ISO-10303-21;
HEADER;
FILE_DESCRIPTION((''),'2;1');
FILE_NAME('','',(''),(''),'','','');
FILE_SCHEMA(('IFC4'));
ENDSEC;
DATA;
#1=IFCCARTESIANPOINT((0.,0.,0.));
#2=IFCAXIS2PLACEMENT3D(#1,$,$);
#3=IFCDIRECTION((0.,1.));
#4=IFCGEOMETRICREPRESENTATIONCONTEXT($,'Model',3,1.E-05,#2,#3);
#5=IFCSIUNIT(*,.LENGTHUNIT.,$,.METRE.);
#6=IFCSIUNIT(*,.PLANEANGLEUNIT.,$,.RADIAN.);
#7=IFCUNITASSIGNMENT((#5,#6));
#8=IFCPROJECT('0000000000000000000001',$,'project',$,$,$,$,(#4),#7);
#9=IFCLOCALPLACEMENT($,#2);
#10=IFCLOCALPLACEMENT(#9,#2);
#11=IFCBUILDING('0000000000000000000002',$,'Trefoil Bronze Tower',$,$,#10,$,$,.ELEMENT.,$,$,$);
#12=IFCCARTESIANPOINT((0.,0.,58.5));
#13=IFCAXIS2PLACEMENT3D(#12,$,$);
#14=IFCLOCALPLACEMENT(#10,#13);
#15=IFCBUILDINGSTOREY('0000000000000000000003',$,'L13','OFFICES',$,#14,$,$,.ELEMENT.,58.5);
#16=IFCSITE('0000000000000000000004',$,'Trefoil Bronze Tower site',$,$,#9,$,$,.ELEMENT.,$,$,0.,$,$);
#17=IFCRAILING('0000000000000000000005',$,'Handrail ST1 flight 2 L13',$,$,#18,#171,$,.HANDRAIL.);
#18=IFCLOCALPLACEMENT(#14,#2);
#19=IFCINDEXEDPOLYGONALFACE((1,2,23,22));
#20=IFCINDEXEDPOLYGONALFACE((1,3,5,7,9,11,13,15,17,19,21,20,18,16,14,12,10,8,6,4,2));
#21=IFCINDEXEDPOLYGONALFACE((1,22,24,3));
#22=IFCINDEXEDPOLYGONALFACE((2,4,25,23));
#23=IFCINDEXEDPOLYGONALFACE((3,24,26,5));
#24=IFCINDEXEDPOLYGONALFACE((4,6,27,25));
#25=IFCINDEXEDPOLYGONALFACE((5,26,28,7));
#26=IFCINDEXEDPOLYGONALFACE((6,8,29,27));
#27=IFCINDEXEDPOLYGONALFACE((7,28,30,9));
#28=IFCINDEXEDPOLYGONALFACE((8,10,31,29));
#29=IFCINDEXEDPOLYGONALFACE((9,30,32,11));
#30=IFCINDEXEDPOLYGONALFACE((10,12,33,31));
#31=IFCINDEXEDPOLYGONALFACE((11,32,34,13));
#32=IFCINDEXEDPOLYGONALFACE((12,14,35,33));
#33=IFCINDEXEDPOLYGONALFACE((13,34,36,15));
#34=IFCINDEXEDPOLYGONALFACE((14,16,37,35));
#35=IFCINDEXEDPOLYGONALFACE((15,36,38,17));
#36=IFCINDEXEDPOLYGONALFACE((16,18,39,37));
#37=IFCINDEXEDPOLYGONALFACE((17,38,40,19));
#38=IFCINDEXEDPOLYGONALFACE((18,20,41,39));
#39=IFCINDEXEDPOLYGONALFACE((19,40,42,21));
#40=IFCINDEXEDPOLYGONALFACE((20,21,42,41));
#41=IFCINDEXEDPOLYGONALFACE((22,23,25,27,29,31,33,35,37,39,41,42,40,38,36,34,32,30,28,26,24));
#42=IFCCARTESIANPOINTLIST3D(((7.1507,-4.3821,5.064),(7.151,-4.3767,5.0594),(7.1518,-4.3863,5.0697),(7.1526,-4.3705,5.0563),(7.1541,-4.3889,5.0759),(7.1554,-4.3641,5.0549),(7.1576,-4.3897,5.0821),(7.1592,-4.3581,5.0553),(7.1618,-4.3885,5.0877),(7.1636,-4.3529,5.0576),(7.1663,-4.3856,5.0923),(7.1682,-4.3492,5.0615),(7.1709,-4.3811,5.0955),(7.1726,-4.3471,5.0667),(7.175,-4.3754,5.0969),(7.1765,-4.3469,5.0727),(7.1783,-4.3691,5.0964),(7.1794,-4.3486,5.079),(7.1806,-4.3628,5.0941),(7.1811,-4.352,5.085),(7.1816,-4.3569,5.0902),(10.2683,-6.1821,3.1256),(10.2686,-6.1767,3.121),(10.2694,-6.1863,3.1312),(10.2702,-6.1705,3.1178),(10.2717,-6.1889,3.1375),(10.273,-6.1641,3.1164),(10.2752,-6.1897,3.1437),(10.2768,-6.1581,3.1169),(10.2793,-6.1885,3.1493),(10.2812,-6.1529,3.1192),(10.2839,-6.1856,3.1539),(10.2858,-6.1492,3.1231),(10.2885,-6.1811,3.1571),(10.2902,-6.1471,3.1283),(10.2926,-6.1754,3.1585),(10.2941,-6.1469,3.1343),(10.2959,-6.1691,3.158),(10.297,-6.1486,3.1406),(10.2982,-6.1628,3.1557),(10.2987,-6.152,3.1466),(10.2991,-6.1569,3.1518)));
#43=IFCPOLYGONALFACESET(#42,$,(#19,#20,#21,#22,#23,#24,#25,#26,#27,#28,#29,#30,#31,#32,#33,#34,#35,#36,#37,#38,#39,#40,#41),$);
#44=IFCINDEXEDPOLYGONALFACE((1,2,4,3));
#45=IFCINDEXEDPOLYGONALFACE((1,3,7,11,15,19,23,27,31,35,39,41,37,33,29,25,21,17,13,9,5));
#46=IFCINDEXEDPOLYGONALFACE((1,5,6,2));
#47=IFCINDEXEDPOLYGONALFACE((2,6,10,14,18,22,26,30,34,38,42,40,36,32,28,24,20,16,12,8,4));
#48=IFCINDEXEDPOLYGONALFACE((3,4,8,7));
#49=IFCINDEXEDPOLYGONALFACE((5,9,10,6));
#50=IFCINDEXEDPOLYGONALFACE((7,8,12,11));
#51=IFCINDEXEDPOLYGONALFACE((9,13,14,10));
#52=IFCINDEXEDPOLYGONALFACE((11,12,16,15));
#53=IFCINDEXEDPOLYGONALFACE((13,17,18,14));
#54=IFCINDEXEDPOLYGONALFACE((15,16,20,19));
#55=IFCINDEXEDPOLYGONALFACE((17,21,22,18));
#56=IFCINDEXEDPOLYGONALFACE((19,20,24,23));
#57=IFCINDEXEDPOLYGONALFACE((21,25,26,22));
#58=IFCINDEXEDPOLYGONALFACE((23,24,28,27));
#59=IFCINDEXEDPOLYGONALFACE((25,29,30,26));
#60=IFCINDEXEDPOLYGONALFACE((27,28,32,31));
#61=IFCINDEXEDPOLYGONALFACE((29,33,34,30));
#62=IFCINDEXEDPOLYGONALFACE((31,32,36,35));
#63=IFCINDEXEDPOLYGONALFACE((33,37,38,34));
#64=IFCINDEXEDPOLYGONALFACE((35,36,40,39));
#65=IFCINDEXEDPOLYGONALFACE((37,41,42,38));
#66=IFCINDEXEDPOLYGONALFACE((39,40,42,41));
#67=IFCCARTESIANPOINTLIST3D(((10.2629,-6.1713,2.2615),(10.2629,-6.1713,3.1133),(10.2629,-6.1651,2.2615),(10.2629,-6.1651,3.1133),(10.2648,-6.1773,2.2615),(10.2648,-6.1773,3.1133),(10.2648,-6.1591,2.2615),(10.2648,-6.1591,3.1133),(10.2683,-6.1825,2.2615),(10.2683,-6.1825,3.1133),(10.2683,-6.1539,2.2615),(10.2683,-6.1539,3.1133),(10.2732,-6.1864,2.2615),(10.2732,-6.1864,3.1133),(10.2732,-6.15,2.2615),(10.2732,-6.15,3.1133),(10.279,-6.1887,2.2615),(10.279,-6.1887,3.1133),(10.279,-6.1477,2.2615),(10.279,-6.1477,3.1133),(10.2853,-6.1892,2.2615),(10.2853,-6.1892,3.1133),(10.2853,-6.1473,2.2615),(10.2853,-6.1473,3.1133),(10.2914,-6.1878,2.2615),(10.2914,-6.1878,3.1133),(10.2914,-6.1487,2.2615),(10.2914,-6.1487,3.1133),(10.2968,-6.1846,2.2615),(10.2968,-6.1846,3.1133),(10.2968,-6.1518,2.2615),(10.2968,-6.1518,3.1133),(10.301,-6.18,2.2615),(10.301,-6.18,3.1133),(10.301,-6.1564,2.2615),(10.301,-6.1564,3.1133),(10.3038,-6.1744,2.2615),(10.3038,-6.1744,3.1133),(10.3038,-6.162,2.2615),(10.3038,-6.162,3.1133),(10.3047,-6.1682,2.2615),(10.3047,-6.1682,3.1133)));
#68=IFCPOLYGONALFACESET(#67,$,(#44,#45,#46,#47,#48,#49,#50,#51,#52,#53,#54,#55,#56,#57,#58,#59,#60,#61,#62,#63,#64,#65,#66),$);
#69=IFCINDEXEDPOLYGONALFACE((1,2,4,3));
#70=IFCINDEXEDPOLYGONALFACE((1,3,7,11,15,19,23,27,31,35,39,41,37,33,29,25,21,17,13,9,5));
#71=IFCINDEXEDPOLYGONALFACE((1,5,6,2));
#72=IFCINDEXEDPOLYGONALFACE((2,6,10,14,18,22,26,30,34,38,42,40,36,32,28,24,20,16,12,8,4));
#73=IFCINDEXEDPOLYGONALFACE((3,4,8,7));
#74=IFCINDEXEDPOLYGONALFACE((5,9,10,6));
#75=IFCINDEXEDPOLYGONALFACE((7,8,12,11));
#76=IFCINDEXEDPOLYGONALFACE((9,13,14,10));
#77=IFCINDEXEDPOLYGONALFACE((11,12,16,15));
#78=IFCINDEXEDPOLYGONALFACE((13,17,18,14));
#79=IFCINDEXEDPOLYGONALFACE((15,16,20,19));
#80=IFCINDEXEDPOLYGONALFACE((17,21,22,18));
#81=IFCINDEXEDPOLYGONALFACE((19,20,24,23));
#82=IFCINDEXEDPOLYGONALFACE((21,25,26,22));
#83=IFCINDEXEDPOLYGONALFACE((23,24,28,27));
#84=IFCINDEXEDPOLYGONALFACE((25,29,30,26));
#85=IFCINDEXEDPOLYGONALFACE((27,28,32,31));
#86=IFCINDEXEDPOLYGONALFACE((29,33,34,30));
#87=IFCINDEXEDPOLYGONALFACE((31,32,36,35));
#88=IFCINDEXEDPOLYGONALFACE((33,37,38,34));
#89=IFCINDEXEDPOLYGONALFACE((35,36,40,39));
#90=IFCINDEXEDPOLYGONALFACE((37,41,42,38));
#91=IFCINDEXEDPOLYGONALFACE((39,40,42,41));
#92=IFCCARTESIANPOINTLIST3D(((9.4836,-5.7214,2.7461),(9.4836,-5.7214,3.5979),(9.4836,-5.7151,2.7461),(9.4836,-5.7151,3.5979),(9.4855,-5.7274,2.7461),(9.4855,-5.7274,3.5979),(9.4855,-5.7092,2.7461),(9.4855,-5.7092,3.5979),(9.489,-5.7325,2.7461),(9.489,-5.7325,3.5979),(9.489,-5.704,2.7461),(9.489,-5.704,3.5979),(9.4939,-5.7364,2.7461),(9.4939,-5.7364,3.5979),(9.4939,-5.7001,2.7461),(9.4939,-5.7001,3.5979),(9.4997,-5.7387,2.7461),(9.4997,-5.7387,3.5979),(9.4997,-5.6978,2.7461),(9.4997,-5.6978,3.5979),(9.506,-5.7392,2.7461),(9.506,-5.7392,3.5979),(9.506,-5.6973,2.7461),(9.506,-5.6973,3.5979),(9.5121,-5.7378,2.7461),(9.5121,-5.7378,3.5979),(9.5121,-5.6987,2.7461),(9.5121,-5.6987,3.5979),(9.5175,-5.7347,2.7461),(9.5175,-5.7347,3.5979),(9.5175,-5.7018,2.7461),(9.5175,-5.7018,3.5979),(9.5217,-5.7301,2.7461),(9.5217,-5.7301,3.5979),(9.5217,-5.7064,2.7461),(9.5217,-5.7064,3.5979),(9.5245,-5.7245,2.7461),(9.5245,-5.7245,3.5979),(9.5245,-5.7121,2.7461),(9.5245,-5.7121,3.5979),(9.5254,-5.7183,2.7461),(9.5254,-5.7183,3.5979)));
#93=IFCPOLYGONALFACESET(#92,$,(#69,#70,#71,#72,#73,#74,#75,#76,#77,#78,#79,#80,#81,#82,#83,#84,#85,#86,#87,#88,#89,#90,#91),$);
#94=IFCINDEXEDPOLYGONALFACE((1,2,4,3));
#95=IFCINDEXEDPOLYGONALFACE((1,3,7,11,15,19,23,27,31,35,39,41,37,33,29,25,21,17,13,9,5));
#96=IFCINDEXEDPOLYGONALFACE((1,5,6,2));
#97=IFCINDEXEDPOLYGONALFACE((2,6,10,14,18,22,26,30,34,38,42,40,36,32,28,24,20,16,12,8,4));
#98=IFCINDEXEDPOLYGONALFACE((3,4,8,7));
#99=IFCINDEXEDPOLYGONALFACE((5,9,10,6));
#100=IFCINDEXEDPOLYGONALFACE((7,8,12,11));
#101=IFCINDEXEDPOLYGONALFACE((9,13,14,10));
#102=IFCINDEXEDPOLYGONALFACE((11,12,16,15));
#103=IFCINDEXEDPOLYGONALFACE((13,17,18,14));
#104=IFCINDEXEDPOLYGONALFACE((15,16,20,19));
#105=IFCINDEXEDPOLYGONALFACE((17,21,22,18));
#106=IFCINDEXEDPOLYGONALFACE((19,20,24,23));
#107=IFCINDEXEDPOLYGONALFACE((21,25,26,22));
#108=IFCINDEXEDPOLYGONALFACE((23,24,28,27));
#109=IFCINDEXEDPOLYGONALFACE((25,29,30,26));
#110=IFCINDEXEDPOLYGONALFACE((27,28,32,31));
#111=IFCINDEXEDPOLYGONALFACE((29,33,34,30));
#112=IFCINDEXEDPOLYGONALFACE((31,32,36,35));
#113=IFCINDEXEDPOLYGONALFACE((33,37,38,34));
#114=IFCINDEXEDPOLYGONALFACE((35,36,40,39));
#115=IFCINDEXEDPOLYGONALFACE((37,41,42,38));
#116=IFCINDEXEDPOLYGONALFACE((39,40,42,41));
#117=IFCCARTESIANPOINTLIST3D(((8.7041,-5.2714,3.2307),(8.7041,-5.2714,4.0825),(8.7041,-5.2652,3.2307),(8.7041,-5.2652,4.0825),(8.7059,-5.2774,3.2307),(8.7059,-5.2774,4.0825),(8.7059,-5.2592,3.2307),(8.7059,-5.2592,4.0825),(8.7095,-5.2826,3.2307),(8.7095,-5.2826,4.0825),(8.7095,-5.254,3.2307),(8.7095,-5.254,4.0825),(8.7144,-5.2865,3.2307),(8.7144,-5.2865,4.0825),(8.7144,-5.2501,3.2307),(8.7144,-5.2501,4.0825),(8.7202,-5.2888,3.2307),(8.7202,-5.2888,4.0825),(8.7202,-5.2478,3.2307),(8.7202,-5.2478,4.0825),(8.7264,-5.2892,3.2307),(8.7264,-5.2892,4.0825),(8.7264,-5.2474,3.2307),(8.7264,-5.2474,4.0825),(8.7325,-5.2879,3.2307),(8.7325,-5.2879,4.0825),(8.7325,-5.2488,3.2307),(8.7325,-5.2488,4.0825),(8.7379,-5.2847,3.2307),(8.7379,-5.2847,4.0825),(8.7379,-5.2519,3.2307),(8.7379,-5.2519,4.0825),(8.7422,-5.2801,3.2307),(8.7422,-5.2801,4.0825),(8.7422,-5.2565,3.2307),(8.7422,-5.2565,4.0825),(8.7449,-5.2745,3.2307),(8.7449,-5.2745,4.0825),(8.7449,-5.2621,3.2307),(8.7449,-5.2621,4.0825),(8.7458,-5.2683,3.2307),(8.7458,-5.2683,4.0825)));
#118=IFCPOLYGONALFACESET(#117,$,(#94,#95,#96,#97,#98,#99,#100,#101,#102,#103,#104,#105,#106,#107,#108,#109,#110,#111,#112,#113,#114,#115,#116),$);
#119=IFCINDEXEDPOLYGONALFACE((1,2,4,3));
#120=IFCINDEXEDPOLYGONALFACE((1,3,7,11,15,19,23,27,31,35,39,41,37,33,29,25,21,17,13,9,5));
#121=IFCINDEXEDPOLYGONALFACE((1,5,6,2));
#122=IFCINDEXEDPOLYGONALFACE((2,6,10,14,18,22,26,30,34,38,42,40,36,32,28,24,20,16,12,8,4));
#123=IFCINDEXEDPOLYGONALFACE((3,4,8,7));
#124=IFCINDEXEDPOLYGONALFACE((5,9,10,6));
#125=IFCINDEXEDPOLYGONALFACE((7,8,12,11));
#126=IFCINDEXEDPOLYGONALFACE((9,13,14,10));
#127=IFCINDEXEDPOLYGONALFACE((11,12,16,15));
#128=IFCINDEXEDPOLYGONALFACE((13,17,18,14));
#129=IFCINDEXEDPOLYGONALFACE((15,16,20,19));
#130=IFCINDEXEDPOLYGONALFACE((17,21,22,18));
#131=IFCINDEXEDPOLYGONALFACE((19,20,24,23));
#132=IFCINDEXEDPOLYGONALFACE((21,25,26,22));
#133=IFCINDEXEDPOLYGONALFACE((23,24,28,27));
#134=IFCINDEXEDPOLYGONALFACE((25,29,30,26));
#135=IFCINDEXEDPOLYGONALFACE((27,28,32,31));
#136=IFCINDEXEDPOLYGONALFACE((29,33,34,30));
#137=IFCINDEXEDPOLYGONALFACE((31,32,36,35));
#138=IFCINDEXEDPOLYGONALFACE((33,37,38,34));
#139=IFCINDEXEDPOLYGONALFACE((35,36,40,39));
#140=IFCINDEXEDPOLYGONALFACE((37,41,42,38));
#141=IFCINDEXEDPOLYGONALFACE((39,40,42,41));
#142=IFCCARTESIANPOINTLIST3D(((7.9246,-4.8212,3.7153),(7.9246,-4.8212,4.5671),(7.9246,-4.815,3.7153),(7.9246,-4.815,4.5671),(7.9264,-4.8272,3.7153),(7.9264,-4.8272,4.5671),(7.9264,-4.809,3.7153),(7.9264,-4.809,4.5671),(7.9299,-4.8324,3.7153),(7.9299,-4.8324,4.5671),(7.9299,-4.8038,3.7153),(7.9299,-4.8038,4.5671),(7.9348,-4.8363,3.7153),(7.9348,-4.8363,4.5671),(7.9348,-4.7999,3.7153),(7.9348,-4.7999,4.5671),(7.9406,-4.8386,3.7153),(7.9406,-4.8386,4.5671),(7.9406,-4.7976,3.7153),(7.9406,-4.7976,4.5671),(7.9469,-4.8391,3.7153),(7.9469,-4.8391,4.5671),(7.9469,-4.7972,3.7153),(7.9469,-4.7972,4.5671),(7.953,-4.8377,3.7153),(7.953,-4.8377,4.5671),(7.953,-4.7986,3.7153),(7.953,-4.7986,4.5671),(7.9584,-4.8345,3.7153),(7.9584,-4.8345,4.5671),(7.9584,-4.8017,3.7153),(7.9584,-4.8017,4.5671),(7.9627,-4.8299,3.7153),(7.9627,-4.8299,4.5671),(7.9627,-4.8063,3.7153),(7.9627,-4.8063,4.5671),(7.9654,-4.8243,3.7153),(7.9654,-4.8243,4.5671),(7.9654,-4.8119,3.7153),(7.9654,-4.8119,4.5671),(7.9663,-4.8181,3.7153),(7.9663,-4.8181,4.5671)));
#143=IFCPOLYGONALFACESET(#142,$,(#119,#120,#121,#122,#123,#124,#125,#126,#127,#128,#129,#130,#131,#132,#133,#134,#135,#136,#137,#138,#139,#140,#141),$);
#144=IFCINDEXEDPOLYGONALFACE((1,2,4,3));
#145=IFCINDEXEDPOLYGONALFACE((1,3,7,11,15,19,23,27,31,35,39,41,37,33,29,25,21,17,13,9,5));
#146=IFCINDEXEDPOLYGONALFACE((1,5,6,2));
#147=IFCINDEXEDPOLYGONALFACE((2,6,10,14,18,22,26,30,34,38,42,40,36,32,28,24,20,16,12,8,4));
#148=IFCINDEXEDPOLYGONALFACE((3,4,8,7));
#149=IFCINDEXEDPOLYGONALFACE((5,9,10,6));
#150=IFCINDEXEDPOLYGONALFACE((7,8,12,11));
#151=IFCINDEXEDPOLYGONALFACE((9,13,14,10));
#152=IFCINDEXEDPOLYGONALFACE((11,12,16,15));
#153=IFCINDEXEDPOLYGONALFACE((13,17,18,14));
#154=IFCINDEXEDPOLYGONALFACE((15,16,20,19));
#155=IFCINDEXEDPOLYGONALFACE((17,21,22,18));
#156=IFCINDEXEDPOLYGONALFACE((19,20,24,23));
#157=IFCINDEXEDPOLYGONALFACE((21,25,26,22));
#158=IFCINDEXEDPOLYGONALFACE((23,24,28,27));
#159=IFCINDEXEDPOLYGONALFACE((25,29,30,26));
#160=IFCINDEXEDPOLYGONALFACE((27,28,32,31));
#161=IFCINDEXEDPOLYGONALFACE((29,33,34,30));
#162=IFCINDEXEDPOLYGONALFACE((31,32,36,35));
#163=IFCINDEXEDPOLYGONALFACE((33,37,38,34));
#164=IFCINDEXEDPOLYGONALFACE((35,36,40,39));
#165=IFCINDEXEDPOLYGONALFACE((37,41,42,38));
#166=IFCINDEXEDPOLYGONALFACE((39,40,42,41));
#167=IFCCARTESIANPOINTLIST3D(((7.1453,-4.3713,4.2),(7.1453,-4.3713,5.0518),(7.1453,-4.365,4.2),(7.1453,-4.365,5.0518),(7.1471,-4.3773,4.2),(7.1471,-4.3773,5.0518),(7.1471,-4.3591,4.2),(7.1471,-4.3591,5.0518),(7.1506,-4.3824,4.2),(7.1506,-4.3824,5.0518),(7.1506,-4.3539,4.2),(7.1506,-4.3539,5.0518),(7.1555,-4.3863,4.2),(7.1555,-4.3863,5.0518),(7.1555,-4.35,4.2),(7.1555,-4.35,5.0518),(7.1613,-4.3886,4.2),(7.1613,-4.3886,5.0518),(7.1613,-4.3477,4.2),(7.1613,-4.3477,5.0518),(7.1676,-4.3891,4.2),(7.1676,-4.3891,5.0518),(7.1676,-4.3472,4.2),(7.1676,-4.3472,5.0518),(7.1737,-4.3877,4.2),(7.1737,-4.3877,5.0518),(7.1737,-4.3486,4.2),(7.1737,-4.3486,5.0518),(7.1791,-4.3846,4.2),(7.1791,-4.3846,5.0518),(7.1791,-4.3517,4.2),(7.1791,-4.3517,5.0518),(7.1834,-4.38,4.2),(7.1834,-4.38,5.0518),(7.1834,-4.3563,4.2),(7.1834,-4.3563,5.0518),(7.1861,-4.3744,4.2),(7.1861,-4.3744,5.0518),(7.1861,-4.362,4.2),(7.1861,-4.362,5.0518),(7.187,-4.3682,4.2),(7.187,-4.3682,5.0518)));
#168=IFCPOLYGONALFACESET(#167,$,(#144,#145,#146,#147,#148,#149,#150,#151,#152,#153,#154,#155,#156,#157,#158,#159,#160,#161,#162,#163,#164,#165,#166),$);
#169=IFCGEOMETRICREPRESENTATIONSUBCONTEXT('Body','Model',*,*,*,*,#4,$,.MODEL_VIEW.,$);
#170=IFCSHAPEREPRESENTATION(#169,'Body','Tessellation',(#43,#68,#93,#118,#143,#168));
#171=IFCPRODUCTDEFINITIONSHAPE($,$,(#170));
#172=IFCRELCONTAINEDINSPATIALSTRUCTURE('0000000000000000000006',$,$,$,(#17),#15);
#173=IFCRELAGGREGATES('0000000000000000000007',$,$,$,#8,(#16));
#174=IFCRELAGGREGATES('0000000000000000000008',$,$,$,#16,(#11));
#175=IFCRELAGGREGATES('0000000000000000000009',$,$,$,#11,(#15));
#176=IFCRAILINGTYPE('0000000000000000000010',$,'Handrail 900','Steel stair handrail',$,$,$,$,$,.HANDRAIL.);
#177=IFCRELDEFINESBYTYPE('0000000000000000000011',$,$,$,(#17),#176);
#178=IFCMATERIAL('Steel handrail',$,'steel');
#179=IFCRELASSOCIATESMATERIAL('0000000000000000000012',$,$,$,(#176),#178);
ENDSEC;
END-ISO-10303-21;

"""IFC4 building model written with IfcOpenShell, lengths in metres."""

from ifc_helpers import new_model, si_unit, direction, frame, origin, origin_2d, place, context, subcontext, project, spatial, circle, extrude, material, type_object, element, save


model = new_model("IFC4")

# Units and contexts
model_context = context("Model", 3, precision=1e-05, world=origin(), true_north=direction((0.0, 1.0)))
body_context = subcontext(model_context, "Body", "Model", "MODEL_VIEW")
ifc_project = project(units=[si_unit("LENGTHUNIT", "METRE"), si_unit("PLANEANGLEUNIT", "RADIAN")], contexts=[model_context])

# Site, building, storey
site_placement = place(None, origin())
site = spatial("IfcSite", under=ifc_project, at=site_placement, Name="Trefoil Bronze Tower site", CompositionType="ELEMENT", RefElevation=0.0)
building_placement = place(site_placement, origin())
building = spatial("IfcBuilding", under=site, at=building_placement, Name="Trefoil Bronze Tower", CompositionType="ELEMENT")
storey_placement = place(building_placement, frame((0.0, 0.0, 58.5)))
storey = spatial("IfcBuildingStorey", under=building, at=storey_placement, Name="L13", Description="OFFICES", CompositionType="ELEMENT", Elevation=58.5)

# Railing
ifc_material_1 = material(Name="Steel handrail", Category="steel")
railing_type = type_object("IfcRailingType", Name="Handrail 900", Description="Steel stair handrail", PredefinedType="HANDRAIL", material=ifc_material_1)
railing_placement = place(storey_placement, frame((10.2837, -6.1682, 2.2615)))
element("IfcRailing", 1, at=railing_placement, inside=storey, type_object=railing_type, Name="Handrail ST1 flight 2 L13", PredefinedType="HANDRAIL", context=body_context, shape_type="SweptSolid", body=[
    extrude(circle(Radius=0.0239, at=origin_2d()), frame((0.0, 0.0, 0.876), z_axis=(-0.762503, 0.440246, 0.474102), x_axis=(-0.500012, -0.866018, 0.0)), (0.0, 0.0, 1.0), 4.0886),
    extrude(circle(Radius=0.021, at=origin_2d()), origin(), (0.0, 0.0, 1.0), 0.8518),
    extrude(circle(Radius=0.021, at=origin_2d()), frame((-0.7793, 0.45, 0.4846)), (0.0, 0.0, 1.0), 0.8518),
    extrude(circle(Radius=0.021, at=origin_2d()), frame((-1.5588, 0.8999, 0.9692)), (0.0, 0.0, 1.0), 0.8518),
    extrude(circle(Radius=0.021, at=origin_2d()), frame((-2.3384, 1.3501, 1.4539)), (0.0, 0.0, 1.0), 0.8518),
    extrude(circle(Radius=0.021, at=origin_2d()), frame((-3.1177, 1.8, 1.9385)), (0.0, 0.0, 1.0), 0.8518),
])

save(model, "model.ifc")
